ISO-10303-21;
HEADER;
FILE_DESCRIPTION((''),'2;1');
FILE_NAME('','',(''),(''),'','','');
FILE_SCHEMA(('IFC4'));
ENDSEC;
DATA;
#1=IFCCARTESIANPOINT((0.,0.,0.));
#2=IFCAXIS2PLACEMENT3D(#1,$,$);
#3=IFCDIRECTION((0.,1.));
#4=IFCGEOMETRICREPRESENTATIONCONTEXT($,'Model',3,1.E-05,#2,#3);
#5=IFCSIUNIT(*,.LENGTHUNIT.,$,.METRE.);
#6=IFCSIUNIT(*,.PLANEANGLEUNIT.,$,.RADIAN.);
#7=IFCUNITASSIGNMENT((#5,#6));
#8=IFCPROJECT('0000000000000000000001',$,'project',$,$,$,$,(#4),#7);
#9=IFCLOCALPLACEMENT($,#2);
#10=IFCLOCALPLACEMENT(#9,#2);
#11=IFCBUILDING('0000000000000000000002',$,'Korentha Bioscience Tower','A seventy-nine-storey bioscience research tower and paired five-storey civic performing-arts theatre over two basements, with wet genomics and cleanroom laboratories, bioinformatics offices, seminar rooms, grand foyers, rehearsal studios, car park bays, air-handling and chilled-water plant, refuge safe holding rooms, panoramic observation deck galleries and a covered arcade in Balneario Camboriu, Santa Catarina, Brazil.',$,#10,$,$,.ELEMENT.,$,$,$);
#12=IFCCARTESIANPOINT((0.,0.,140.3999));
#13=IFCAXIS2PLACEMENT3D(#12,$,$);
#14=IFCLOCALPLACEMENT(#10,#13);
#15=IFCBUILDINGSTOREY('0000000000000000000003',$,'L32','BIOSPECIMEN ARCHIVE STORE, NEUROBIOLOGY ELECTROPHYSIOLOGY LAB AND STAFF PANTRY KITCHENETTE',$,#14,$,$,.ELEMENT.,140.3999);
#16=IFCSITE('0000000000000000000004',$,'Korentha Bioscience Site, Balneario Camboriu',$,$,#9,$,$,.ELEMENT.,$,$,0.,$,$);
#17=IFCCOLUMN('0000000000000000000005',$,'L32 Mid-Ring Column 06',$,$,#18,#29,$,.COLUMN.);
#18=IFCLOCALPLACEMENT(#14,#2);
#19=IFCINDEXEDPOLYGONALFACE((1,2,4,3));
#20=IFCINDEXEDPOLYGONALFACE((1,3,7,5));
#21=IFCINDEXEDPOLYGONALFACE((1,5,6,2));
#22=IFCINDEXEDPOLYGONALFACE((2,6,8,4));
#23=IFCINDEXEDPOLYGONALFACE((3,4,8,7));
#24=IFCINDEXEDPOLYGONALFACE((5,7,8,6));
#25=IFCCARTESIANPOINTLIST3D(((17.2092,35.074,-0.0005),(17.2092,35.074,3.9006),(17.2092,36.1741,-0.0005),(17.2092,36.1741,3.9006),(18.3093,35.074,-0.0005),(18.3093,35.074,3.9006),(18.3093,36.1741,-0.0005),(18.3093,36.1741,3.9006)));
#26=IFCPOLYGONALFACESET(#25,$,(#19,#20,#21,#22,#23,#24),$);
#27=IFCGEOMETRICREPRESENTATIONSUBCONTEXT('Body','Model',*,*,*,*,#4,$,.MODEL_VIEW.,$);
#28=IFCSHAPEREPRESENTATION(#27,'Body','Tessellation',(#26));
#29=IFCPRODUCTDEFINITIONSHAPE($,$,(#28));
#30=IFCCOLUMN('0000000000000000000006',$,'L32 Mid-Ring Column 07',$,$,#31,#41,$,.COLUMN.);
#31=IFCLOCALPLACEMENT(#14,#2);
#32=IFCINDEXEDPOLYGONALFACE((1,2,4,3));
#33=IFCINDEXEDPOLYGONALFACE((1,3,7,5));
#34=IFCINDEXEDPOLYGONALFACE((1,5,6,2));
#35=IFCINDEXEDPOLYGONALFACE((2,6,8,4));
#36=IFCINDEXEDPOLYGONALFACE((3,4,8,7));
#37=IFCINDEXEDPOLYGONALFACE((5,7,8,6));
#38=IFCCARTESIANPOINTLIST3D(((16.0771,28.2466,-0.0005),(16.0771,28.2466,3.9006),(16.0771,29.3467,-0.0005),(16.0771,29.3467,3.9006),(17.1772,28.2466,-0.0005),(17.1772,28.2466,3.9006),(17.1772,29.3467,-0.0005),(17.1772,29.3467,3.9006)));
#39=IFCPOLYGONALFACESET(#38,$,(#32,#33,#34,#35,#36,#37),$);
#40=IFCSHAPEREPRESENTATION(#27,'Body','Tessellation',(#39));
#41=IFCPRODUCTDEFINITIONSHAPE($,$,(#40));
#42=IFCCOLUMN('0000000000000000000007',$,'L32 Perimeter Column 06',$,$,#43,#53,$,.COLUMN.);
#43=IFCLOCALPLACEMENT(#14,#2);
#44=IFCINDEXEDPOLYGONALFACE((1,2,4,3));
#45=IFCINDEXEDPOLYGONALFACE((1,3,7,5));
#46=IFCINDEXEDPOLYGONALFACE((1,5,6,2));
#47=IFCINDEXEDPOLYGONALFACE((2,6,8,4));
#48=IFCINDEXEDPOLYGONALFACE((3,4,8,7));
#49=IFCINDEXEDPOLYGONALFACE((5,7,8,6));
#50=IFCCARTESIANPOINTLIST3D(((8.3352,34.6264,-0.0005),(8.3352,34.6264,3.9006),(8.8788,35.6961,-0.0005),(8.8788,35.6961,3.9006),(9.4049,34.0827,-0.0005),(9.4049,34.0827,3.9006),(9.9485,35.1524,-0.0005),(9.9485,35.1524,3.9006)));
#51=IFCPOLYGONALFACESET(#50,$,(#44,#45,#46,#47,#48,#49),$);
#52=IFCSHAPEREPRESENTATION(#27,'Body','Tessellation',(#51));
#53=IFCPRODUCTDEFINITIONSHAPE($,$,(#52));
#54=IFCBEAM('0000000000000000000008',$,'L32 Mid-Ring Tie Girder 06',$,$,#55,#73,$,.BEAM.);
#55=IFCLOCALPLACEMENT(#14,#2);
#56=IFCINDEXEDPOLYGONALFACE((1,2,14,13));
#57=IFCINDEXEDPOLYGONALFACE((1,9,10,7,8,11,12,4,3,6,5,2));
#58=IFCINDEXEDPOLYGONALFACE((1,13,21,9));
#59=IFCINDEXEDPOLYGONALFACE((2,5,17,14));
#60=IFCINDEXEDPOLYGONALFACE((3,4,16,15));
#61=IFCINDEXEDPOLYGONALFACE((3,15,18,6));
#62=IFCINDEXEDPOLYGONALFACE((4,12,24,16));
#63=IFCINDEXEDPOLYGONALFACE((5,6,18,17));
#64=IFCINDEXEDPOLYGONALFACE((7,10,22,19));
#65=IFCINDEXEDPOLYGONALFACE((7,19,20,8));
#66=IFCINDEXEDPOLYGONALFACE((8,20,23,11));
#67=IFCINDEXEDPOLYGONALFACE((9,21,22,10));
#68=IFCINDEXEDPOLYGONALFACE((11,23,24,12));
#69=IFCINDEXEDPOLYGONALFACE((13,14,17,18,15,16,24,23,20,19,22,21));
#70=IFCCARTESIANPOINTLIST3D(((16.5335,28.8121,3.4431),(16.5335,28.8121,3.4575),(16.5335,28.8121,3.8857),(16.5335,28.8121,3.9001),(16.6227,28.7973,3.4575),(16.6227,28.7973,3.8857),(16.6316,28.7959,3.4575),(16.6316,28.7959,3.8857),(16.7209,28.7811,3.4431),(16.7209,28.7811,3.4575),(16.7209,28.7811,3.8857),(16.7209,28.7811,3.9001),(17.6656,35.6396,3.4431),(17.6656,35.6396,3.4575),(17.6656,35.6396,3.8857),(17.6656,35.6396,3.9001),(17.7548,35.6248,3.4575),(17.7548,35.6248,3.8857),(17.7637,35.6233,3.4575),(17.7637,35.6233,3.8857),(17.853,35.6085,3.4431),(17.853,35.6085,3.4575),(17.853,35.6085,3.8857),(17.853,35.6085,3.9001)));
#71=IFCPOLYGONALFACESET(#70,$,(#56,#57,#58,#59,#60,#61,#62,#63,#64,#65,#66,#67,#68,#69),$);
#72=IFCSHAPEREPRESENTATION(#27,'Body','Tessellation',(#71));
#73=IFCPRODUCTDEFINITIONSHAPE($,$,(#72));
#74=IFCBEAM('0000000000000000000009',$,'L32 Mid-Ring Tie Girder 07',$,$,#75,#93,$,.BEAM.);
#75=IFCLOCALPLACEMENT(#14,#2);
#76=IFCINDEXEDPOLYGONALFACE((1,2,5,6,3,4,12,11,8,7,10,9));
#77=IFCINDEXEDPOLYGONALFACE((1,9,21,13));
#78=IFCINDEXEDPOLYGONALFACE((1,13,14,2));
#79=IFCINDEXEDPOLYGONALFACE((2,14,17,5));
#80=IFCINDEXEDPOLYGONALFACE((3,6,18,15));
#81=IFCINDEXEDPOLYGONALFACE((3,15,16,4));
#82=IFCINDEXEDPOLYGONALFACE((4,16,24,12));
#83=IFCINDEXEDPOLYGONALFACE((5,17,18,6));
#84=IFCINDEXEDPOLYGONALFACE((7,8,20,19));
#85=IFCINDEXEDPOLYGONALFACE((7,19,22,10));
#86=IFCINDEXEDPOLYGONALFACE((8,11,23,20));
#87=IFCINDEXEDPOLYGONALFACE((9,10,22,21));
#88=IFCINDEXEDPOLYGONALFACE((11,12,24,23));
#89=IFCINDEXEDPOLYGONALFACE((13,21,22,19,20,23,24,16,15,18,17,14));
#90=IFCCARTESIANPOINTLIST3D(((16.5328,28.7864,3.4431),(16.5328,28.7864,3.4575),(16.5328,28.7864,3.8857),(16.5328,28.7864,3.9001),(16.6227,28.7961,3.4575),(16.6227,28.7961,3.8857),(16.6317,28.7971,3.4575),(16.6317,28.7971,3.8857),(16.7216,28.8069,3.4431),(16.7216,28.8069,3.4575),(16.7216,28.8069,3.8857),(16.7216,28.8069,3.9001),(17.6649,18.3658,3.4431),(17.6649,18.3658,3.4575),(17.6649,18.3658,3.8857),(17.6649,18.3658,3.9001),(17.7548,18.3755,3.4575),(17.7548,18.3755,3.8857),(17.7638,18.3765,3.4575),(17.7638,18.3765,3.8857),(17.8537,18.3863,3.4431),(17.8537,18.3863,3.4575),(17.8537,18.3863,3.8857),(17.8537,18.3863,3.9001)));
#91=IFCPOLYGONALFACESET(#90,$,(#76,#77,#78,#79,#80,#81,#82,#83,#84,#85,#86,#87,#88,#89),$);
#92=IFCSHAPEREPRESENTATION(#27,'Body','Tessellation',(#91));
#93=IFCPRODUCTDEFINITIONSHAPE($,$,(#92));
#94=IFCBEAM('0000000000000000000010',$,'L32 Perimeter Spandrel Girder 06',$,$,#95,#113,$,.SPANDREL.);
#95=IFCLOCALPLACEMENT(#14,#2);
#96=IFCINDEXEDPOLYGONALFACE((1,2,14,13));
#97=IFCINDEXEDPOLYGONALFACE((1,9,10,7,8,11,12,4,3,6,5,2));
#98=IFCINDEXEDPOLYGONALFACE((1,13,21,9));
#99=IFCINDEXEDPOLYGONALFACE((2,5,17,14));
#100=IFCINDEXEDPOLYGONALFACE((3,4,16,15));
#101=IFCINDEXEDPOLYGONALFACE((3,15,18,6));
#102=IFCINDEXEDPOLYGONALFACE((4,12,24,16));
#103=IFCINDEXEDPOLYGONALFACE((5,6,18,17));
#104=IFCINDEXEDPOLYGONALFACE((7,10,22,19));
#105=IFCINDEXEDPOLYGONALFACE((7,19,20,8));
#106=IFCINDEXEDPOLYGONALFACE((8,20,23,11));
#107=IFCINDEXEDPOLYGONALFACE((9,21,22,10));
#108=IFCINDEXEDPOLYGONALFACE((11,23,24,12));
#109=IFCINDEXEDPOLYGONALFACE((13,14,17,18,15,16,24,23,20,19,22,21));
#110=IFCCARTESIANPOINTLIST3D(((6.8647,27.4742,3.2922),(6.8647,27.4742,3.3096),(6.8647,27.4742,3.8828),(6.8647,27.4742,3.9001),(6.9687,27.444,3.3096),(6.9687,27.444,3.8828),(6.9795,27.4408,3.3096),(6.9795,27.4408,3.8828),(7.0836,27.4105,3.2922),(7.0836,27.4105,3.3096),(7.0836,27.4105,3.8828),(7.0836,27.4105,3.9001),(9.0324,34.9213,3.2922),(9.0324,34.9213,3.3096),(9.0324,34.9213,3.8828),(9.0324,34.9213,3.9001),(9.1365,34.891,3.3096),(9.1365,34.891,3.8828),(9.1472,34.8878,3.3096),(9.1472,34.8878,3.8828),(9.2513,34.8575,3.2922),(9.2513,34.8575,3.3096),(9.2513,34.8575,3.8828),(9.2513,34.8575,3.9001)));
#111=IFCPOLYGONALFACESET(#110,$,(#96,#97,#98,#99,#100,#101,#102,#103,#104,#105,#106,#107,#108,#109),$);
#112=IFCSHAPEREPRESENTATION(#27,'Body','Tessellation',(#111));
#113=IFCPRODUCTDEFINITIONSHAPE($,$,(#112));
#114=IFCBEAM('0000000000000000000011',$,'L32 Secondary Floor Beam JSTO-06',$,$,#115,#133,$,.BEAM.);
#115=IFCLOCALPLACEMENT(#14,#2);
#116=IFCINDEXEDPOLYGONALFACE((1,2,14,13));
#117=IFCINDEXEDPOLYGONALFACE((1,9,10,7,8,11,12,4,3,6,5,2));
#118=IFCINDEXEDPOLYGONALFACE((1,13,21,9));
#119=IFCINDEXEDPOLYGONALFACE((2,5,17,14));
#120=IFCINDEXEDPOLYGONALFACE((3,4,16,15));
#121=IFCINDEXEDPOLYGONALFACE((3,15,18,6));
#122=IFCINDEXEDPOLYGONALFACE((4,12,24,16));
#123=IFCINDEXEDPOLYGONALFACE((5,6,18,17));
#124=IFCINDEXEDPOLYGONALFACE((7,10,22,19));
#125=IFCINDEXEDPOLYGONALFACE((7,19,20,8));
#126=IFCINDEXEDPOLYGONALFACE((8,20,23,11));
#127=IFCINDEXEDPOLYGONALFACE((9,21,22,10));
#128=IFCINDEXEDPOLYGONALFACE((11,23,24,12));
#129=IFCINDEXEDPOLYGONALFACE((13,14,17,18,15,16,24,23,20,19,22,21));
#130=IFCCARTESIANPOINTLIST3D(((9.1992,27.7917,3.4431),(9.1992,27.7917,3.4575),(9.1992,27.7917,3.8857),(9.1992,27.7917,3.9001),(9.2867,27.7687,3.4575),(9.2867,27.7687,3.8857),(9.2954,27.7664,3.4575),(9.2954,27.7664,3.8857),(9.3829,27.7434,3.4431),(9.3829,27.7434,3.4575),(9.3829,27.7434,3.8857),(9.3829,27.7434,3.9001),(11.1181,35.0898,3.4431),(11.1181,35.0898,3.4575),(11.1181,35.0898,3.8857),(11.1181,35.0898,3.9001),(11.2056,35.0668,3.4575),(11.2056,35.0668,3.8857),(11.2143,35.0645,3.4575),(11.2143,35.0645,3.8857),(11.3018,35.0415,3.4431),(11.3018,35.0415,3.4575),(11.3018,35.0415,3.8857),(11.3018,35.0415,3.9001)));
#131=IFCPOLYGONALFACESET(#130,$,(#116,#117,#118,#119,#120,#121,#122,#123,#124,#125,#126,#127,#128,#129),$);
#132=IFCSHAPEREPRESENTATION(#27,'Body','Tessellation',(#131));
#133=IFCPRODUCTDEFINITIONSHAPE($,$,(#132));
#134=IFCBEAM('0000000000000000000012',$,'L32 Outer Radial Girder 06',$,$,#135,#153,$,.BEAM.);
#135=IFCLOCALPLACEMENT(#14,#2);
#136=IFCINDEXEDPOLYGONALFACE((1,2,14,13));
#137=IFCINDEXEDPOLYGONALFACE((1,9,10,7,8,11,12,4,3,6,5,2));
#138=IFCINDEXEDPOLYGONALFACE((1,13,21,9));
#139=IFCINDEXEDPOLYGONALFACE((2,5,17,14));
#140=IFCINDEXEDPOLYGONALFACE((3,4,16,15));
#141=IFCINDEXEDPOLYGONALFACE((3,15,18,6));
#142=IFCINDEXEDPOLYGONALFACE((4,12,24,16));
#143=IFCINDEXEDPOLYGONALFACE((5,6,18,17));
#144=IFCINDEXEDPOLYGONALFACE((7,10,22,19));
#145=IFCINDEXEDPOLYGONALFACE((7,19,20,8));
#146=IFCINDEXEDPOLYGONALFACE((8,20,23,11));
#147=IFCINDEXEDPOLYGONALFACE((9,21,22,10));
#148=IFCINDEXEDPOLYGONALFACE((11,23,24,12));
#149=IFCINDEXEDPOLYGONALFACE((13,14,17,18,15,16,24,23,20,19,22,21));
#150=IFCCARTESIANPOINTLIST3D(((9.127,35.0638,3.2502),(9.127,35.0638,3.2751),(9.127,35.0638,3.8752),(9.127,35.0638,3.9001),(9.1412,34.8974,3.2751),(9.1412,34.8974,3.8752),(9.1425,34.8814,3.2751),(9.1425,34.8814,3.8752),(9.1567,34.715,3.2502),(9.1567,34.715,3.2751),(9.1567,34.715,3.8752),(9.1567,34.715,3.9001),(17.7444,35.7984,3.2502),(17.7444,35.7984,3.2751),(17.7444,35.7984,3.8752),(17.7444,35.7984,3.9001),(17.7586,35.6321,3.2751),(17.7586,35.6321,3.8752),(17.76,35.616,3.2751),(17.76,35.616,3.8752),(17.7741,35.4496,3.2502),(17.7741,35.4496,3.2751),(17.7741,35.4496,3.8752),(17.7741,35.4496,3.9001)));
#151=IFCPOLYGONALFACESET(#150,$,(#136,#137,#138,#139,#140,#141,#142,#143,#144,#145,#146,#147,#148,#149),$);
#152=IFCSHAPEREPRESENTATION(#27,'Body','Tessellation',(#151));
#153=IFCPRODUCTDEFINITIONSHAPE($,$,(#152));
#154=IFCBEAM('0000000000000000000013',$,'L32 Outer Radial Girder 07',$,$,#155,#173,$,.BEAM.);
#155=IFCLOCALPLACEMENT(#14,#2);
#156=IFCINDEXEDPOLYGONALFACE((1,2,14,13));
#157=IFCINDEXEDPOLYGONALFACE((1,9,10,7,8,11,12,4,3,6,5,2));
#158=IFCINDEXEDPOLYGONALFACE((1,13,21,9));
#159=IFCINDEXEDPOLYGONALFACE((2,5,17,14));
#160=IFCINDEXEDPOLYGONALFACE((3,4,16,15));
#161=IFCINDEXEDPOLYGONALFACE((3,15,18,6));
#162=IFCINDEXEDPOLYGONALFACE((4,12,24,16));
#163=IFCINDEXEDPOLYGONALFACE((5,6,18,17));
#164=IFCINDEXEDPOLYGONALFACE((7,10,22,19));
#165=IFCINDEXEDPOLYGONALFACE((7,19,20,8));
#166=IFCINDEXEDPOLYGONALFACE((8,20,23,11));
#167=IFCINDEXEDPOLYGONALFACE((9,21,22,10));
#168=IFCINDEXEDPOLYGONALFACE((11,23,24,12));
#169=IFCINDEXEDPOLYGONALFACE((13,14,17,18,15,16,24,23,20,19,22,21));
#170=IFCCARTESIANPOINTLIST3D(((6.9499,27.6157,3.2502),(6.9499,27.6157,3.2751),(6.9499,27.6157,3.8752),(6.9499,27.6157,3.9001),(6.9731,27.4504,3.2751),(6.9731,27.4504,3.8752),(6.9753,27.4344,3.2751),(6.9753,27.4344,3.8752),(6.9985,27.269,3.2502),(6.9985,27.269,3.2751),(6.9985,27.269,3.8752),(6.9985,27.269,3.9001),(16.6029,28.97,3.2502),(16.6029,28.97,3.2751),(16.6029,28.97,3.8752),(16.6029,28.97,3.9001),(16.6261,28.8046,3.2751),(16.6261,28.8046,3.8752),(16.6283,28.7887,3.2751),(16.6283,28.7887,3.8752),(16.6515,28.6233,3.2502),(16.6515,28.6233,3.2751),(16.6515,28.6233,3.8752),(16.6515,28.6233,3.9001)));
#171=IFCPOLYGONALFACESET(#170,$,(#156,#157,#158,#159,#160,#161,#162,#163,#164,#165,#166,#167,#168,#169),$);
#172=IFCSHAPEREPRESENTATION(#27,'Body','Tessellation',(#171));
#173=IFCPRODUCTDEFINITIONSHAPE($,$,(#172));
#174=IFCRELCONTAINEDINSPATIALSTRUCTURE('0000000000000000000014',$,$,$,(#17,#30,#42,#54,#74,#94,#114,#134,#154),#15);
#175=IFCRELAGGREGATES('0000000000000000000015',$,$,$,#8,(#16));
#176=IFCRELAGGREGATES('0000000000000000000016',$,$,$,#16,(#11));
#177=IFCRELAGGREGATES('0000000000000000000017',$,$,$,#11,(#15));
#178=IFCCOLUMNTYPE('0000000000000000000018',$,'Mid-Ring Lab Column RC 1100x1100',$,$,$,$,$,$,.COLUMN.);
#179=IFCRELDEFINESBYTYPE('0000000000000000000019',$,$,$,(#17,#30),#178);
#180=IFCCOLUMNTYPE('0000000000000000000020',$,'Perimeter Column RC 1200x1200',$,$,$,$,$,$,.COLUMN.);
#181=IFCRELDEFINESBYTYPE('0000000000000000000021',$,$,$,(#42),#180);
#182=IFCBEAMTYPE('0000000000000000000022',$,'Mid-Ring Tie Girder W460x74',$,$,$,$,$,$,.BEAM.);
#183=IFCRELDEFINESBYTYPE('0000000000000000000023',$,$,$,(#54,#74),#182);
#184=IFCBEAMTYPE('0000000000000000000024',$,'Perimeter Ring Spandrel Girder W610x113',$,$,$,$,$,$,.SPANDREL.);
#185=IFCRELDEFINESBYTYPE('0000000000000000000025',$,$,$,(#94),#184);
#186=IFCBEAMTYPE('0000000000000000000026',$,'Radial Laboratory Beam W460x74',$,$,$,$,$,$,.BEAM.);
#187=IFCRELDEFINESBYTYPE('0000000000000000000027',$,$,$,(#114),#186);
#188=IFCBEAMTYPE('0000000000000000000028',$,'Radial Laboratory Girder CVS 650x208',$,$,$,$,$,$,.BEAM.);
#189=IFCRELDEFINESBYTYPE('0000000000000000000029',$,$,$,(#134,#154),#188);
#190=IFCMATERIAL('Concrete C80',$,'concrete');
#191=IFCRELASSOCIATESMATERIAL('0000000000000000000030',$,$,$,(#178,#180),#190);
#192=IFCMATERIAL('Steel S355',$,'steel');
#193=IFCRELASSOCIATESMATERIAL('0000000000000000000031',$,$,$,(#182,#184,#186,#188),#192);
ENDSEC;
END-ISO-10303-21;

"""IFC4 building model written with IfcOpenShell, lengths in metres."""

from ifc_helpers import new_model, si_unit, direction, frame, origin, origin_2d, place, context, subcontext, project, spatial, rectangle, i_section, extrude, material, material_profile, profile_set, type_object, element, save


model = new_model("IFC4")

# Units and contexts
model_context = context("Model", 3, precision=1e-05, world=origin(), true_north=direction((0.0, 1.0)))
body_context = subcontext(model_context, "Body", "Model", "MODEL_VIEW")
ifc_project = project(units=[si_unit("LENGTHUNIT", "METRE"), si_unit("PLANEANGLEUNIT", "RADIAN")], contexts=[model_context])

# Site, building, storey
site_placement = place(None, origin())
site = spatial("IfcSite", under=ifc_project, at=site_placement, Name="Korentha Bioscience Site, Balneario Camboriu", CompositionType="ELEMENT", RefElevation=0.0)
building_placement = place(site_placement, origin())
building = spatial("IfcBuilding", under=site, at=building_placement, Name="Korentha Bioscience Tower", Description="A seventy-nine-storey bioscience research tower and paired five-storey civic performing-arts theatre over two basements, with wet genomics and cleanroom laboratories, bioinformatics offices, seminar rooms, grand foyers, rehearsal studios, car park bays, air-handling and chilled-water plant, refuge safe holding rooms, panoramic observation deck galleries and a covered arcade in Balneario Camboriu, Santa Catarina, Brazil.", CompositionType="ELEMENT")
storey_placement = place(building_placement, frame((0.0, 0.0, 140.3999)))
storey = spatial("IfcBuildingStorey", under=building, at=storey_placement, Name="L32", Description="BIOSPECIMEN ARCHIVE STORE, NEUROBIOLOGY ELECTROPHYSIOLOGY LAB AND STAFF PANTRY KITCHENETTE", CompositionType="ELEMENT", Elevation=140.3999)

# Columns
ifc_material_1 = material(Name="Concrete C80", Category="concrete")
ifc_material_profile_1 = material_profile(ifc_material_1, rectangle(XDim=1.1001, YDim=1.1001, at=origin_2d()), Name="Concrete C80")
ifc_profile_set_1 = profile_set([ifc_material_profile_1], Name="Concrete C80 (COL-MR11)")
column_type_1 = type_object("IfcColumnType", Name="Mid-Ring Lab Column RC 1100x1100", PredefinedType="COLUMN", material=ifc_profile_set_1)
for number, where, z_axis, x_axis, name in (
    (1, (17.7593, 35.624, -0.0005), (0.0, 0.0, 1.0), (1.0, 0.0, 0.0), "L32 Mid-Ring Column 06"),
    (2, (16.6272, 28.7966, -0.0005), (0.0, 0.0, 1.0), (1.0, 0.0, 0.0), "L32 Mid-Ring Column 07"),
):
    element("IfcColumn", number, at=place(storey_placement, frame(where, z_axis=z_axis, x_axis=x_axis)), inside=storey, type_object=column_type_1, Name=name, PredefinedType="COLUMN", context=body_context, shape_type="SweptSolid", body=[
        extrude(rectangle(XDim=1.1001, YDim=1.1001, at=origin_2d()), origin(), (0.0, 0.0, 1.0), 3.9011),
    ])
ifc_material_profile_2 = material_profile(ifc_material_1, rectangle(XDim=1.2, YDim=1.2, at=origin_2d()), Name="Concrete C80")
ifc_profile_set_2 = profile_set([ifc_material_profile_2], Name="Concrete C80 (COL-P12)")
column_type_2 = type_object("IfcColumnType", Name="Perimeter Column RC 1200x1200", PredefinedType="COLUMN", material=ifc_profile_set_2)
column_placement = place(storey_placement, frame((9.1418, 34.8894, -0.0005), z_axis=(0.0, 0.0, 1.0), x_axis=(0.453057, 0.891481, 0.0)))
element("IfcColumn", 3, at=column_placement, inside=storey, type_object=column_type_2, Name="L32 Perimeter Column 06", PredefinedType="COLUMN", context=body_context, shape_type="SweptSolid", body=[
    extrude(rectangle(XDim=1.2, YDim=1.2, at=origin_2d()), origin(), (0.0, 0.0, 1.0), 3.9011),
])

# Beams
ifc_material_2 = material(Name="Steel S355", Category="steel")
ifc_material_profile_3 = material_profile(ifc_material_2, i_section(OverallWidth=0.1899, OverallDepth=0.457, WebThickness=0.009, FlangeThickness=0.0144, at=origin_2d()), Name="Steel S355")
ifc_profile_set_3 = profile_set([ifc_material_profile_3], Name="Steel S355 (MB-460)")
beam_type_1 = type_object("IfcBeamType", Name="Mid-Ring Tie Girder W460x74", PredefinedType="BEAM", material=ifc_profile_set_3)
beam_1_placement = place(storey_placement, frame((17.7593, 35.624, 3.6716), z_axis=(-0.163581, -0.98653, 0.0), x_axis=(0.98653, -0.163581, 0.0)))
element("IfcBeam", 4, at=beam_1_placement, inside=storey, type_object=beam_type_1, Name="L32 Mid-Ring Tie Girder 06", PredefinedType="BEAM", context=body_context, shape_type="SweptSolid", body=[
    extrude(i_section(OverallWidth=0.1899, OverallDepth=0.457, WebThickness=0.009, FlangeThickness=0.0144, at=origin_2d()), origin(), (0.0, 0.0, 1.0), 6.9207),
])
beam_2_placement = place(storey_placement, frame((16.6272, 28.7966, 3.6716), z_axis=(0.108003, -0.994151, 0.0), x_axis=(0.994151, 0.108003, 0.0)))
element("IfcBeam", 5, at=beam_2_placement, inside=storey, type_object=beam_type_1, Name="L32 Mid-Ring Tie Girder 07", PredefinedType="BEAM", context=body_context, shape_type="SweptSolid", body=[
    extrude(i_section(OverallWidth=0.1899, OverallDepth=0.457, WebThickness=0.009, FlangeThickness=0.0144, at=origin_2d()), origin(), (0.0, 0.0, 1.0), 10.4819),
])
ifc_material_profile_4 = material_profile(ifc_material_2, i_section(OverallWidth=0.228, OverallDepth=0.6079, WebThickness=0.0112, FlangeThickness=0.0173, at=origin_2d()), Name="Steel S355")
ifc_profile_set_4 = profile_set([ifc_material_profile_4], Name="Steel S355 (SB-610)")
beam_type_2 = type_object("IfcBeamType", Name="Perimeter Ring Spandrel Girder W610x113", PredefinedType="SPANDREL", material=ifc_profile_set_4)
beam_3_placement = place(storey_placement, frame((9.1418, 34.8894, 3.5962), z_axis=(-0.279486, -0.96015, 0.0), x_axis=(0.96015, -0.279486, 0.0)))
element("IfcBeam", 6, at=beam_3_placement, inside=storey, type_object=beam_type_2, Name="L32 Perimeter Spandrel Girder 06", PredefinedType="SPANDREL", context=body_context, shape_type="SweptSolid", body=[
    extrude(i_section(OverallWidth=0.228, OverallDepth=0.6079, WebThickness=0.0112, FlangeThickness=0.0173, at=origin_2d()), origin(), (0.0, 0.0, 1.0), 7.7561),
])
ifc_material_profile_5 = material_profile(ifc_material_2, i_section(OverallWidth=0.1899, OverallDepth=0.457, WebThickness=0.009, FlangeThickness=0.0144, at=origin_2d()), Name="Steel S355")
ifc_profile_set_5 = profile_set([ifc_material_profile_5], Name="Steel S355 (RB-460)")
beam_type_3 = type_object("IfcBeamType", Name="Radial Laboratory Beam W460x74", PredefinedType="BEAM", material=ifc_profile_set_5)
beam_4_placement = place(storey_placement, frame((11.21, 35.0657, 3.6716), z_axis=(-0.254294, -0.967127, 0.0), x_axis=(0.967127, -0.254294, 0.0)))
element("IfcBeam", 7, at=beam_4_placement, inside=storey, type_object=beam_type_3, Name="L32 Secondary Floor Beam JSTO-06", PredefinedType="BEAM", context=body_context, shape_type="SweptSolid", body=[
    extrude(i_section(OverallWidth=0.1899, OverallDepth=0.457, WebThickness=0.009, FlangeThickness=0.0144, at=origin_2d()), origin(), (0.0, 0.0, 1.0), 7.5461),
])
ifc_material_profile_6 = material_profile(ifc_material_2, i_section(OverallWidth=0.3501, OverallDepth=0.6499, WebThickness=0.0161, FlangeThickness=0.0249, at=origin_2d()), Name="Steel S355")
ifc_profile_set_6 = profile_set([ifc_material_profile_6], Name="Steel S355 (RB-650)")
beam_type_4 = type_object("IfcBeamType", Name="Radial Laboratory Girder CVS 650x208", PredefinedType="BEAM", material=ifc_profile_set_6)
beam_5_placement = place(storey_placement, frame((17.7593, 35.624, 3.5752), z_axis=(-0.996386, -0.08494, 0.0), x_axis=(0.08494, -0.996386, 0.0)))
element("IfcBeam", 8, at=beam_5_placement, inside=storey, type_object=beam_type_4, Name="L32 Outer Radial Girder 06", PredefinedType="BEAM", context=body_context, shape_type="SweptSolid", body=[
    extrude(i_section(OverallWidth=0.3501, OverallDepth=0.6499, WebThickness=0.0161, FlangeThickness=0.0249, at=origin_2d()), origin(), (0.0, 0.0, 1.0), 8.6487),
])
beam_6_placement = place(storey_placement, frame((16.6272, 28.7966, 3.5752), z_axis=(-0.990302, -0.138931, 0.0), x_axis=(0.138931, -0.990302, 0.0)))
element("IfcBeam", 9, at=beam_6_placement, inside=storey, type_object=beam_type_4, Name="L32 Outer Radial Girder 07", PredefinedType="BEAM", context=body_context, shape_type="SweptSolid", body=[
    extrude(i_section(OverallWidth=0.3501, OverallDepth=0.6499, WebThickness=0.0161, FlangeThickness=0.0249, at=origin_2d()), origin(), (0.0, 0.0, 1.0), 9.7476),
])

save(model, "model.ifc")
